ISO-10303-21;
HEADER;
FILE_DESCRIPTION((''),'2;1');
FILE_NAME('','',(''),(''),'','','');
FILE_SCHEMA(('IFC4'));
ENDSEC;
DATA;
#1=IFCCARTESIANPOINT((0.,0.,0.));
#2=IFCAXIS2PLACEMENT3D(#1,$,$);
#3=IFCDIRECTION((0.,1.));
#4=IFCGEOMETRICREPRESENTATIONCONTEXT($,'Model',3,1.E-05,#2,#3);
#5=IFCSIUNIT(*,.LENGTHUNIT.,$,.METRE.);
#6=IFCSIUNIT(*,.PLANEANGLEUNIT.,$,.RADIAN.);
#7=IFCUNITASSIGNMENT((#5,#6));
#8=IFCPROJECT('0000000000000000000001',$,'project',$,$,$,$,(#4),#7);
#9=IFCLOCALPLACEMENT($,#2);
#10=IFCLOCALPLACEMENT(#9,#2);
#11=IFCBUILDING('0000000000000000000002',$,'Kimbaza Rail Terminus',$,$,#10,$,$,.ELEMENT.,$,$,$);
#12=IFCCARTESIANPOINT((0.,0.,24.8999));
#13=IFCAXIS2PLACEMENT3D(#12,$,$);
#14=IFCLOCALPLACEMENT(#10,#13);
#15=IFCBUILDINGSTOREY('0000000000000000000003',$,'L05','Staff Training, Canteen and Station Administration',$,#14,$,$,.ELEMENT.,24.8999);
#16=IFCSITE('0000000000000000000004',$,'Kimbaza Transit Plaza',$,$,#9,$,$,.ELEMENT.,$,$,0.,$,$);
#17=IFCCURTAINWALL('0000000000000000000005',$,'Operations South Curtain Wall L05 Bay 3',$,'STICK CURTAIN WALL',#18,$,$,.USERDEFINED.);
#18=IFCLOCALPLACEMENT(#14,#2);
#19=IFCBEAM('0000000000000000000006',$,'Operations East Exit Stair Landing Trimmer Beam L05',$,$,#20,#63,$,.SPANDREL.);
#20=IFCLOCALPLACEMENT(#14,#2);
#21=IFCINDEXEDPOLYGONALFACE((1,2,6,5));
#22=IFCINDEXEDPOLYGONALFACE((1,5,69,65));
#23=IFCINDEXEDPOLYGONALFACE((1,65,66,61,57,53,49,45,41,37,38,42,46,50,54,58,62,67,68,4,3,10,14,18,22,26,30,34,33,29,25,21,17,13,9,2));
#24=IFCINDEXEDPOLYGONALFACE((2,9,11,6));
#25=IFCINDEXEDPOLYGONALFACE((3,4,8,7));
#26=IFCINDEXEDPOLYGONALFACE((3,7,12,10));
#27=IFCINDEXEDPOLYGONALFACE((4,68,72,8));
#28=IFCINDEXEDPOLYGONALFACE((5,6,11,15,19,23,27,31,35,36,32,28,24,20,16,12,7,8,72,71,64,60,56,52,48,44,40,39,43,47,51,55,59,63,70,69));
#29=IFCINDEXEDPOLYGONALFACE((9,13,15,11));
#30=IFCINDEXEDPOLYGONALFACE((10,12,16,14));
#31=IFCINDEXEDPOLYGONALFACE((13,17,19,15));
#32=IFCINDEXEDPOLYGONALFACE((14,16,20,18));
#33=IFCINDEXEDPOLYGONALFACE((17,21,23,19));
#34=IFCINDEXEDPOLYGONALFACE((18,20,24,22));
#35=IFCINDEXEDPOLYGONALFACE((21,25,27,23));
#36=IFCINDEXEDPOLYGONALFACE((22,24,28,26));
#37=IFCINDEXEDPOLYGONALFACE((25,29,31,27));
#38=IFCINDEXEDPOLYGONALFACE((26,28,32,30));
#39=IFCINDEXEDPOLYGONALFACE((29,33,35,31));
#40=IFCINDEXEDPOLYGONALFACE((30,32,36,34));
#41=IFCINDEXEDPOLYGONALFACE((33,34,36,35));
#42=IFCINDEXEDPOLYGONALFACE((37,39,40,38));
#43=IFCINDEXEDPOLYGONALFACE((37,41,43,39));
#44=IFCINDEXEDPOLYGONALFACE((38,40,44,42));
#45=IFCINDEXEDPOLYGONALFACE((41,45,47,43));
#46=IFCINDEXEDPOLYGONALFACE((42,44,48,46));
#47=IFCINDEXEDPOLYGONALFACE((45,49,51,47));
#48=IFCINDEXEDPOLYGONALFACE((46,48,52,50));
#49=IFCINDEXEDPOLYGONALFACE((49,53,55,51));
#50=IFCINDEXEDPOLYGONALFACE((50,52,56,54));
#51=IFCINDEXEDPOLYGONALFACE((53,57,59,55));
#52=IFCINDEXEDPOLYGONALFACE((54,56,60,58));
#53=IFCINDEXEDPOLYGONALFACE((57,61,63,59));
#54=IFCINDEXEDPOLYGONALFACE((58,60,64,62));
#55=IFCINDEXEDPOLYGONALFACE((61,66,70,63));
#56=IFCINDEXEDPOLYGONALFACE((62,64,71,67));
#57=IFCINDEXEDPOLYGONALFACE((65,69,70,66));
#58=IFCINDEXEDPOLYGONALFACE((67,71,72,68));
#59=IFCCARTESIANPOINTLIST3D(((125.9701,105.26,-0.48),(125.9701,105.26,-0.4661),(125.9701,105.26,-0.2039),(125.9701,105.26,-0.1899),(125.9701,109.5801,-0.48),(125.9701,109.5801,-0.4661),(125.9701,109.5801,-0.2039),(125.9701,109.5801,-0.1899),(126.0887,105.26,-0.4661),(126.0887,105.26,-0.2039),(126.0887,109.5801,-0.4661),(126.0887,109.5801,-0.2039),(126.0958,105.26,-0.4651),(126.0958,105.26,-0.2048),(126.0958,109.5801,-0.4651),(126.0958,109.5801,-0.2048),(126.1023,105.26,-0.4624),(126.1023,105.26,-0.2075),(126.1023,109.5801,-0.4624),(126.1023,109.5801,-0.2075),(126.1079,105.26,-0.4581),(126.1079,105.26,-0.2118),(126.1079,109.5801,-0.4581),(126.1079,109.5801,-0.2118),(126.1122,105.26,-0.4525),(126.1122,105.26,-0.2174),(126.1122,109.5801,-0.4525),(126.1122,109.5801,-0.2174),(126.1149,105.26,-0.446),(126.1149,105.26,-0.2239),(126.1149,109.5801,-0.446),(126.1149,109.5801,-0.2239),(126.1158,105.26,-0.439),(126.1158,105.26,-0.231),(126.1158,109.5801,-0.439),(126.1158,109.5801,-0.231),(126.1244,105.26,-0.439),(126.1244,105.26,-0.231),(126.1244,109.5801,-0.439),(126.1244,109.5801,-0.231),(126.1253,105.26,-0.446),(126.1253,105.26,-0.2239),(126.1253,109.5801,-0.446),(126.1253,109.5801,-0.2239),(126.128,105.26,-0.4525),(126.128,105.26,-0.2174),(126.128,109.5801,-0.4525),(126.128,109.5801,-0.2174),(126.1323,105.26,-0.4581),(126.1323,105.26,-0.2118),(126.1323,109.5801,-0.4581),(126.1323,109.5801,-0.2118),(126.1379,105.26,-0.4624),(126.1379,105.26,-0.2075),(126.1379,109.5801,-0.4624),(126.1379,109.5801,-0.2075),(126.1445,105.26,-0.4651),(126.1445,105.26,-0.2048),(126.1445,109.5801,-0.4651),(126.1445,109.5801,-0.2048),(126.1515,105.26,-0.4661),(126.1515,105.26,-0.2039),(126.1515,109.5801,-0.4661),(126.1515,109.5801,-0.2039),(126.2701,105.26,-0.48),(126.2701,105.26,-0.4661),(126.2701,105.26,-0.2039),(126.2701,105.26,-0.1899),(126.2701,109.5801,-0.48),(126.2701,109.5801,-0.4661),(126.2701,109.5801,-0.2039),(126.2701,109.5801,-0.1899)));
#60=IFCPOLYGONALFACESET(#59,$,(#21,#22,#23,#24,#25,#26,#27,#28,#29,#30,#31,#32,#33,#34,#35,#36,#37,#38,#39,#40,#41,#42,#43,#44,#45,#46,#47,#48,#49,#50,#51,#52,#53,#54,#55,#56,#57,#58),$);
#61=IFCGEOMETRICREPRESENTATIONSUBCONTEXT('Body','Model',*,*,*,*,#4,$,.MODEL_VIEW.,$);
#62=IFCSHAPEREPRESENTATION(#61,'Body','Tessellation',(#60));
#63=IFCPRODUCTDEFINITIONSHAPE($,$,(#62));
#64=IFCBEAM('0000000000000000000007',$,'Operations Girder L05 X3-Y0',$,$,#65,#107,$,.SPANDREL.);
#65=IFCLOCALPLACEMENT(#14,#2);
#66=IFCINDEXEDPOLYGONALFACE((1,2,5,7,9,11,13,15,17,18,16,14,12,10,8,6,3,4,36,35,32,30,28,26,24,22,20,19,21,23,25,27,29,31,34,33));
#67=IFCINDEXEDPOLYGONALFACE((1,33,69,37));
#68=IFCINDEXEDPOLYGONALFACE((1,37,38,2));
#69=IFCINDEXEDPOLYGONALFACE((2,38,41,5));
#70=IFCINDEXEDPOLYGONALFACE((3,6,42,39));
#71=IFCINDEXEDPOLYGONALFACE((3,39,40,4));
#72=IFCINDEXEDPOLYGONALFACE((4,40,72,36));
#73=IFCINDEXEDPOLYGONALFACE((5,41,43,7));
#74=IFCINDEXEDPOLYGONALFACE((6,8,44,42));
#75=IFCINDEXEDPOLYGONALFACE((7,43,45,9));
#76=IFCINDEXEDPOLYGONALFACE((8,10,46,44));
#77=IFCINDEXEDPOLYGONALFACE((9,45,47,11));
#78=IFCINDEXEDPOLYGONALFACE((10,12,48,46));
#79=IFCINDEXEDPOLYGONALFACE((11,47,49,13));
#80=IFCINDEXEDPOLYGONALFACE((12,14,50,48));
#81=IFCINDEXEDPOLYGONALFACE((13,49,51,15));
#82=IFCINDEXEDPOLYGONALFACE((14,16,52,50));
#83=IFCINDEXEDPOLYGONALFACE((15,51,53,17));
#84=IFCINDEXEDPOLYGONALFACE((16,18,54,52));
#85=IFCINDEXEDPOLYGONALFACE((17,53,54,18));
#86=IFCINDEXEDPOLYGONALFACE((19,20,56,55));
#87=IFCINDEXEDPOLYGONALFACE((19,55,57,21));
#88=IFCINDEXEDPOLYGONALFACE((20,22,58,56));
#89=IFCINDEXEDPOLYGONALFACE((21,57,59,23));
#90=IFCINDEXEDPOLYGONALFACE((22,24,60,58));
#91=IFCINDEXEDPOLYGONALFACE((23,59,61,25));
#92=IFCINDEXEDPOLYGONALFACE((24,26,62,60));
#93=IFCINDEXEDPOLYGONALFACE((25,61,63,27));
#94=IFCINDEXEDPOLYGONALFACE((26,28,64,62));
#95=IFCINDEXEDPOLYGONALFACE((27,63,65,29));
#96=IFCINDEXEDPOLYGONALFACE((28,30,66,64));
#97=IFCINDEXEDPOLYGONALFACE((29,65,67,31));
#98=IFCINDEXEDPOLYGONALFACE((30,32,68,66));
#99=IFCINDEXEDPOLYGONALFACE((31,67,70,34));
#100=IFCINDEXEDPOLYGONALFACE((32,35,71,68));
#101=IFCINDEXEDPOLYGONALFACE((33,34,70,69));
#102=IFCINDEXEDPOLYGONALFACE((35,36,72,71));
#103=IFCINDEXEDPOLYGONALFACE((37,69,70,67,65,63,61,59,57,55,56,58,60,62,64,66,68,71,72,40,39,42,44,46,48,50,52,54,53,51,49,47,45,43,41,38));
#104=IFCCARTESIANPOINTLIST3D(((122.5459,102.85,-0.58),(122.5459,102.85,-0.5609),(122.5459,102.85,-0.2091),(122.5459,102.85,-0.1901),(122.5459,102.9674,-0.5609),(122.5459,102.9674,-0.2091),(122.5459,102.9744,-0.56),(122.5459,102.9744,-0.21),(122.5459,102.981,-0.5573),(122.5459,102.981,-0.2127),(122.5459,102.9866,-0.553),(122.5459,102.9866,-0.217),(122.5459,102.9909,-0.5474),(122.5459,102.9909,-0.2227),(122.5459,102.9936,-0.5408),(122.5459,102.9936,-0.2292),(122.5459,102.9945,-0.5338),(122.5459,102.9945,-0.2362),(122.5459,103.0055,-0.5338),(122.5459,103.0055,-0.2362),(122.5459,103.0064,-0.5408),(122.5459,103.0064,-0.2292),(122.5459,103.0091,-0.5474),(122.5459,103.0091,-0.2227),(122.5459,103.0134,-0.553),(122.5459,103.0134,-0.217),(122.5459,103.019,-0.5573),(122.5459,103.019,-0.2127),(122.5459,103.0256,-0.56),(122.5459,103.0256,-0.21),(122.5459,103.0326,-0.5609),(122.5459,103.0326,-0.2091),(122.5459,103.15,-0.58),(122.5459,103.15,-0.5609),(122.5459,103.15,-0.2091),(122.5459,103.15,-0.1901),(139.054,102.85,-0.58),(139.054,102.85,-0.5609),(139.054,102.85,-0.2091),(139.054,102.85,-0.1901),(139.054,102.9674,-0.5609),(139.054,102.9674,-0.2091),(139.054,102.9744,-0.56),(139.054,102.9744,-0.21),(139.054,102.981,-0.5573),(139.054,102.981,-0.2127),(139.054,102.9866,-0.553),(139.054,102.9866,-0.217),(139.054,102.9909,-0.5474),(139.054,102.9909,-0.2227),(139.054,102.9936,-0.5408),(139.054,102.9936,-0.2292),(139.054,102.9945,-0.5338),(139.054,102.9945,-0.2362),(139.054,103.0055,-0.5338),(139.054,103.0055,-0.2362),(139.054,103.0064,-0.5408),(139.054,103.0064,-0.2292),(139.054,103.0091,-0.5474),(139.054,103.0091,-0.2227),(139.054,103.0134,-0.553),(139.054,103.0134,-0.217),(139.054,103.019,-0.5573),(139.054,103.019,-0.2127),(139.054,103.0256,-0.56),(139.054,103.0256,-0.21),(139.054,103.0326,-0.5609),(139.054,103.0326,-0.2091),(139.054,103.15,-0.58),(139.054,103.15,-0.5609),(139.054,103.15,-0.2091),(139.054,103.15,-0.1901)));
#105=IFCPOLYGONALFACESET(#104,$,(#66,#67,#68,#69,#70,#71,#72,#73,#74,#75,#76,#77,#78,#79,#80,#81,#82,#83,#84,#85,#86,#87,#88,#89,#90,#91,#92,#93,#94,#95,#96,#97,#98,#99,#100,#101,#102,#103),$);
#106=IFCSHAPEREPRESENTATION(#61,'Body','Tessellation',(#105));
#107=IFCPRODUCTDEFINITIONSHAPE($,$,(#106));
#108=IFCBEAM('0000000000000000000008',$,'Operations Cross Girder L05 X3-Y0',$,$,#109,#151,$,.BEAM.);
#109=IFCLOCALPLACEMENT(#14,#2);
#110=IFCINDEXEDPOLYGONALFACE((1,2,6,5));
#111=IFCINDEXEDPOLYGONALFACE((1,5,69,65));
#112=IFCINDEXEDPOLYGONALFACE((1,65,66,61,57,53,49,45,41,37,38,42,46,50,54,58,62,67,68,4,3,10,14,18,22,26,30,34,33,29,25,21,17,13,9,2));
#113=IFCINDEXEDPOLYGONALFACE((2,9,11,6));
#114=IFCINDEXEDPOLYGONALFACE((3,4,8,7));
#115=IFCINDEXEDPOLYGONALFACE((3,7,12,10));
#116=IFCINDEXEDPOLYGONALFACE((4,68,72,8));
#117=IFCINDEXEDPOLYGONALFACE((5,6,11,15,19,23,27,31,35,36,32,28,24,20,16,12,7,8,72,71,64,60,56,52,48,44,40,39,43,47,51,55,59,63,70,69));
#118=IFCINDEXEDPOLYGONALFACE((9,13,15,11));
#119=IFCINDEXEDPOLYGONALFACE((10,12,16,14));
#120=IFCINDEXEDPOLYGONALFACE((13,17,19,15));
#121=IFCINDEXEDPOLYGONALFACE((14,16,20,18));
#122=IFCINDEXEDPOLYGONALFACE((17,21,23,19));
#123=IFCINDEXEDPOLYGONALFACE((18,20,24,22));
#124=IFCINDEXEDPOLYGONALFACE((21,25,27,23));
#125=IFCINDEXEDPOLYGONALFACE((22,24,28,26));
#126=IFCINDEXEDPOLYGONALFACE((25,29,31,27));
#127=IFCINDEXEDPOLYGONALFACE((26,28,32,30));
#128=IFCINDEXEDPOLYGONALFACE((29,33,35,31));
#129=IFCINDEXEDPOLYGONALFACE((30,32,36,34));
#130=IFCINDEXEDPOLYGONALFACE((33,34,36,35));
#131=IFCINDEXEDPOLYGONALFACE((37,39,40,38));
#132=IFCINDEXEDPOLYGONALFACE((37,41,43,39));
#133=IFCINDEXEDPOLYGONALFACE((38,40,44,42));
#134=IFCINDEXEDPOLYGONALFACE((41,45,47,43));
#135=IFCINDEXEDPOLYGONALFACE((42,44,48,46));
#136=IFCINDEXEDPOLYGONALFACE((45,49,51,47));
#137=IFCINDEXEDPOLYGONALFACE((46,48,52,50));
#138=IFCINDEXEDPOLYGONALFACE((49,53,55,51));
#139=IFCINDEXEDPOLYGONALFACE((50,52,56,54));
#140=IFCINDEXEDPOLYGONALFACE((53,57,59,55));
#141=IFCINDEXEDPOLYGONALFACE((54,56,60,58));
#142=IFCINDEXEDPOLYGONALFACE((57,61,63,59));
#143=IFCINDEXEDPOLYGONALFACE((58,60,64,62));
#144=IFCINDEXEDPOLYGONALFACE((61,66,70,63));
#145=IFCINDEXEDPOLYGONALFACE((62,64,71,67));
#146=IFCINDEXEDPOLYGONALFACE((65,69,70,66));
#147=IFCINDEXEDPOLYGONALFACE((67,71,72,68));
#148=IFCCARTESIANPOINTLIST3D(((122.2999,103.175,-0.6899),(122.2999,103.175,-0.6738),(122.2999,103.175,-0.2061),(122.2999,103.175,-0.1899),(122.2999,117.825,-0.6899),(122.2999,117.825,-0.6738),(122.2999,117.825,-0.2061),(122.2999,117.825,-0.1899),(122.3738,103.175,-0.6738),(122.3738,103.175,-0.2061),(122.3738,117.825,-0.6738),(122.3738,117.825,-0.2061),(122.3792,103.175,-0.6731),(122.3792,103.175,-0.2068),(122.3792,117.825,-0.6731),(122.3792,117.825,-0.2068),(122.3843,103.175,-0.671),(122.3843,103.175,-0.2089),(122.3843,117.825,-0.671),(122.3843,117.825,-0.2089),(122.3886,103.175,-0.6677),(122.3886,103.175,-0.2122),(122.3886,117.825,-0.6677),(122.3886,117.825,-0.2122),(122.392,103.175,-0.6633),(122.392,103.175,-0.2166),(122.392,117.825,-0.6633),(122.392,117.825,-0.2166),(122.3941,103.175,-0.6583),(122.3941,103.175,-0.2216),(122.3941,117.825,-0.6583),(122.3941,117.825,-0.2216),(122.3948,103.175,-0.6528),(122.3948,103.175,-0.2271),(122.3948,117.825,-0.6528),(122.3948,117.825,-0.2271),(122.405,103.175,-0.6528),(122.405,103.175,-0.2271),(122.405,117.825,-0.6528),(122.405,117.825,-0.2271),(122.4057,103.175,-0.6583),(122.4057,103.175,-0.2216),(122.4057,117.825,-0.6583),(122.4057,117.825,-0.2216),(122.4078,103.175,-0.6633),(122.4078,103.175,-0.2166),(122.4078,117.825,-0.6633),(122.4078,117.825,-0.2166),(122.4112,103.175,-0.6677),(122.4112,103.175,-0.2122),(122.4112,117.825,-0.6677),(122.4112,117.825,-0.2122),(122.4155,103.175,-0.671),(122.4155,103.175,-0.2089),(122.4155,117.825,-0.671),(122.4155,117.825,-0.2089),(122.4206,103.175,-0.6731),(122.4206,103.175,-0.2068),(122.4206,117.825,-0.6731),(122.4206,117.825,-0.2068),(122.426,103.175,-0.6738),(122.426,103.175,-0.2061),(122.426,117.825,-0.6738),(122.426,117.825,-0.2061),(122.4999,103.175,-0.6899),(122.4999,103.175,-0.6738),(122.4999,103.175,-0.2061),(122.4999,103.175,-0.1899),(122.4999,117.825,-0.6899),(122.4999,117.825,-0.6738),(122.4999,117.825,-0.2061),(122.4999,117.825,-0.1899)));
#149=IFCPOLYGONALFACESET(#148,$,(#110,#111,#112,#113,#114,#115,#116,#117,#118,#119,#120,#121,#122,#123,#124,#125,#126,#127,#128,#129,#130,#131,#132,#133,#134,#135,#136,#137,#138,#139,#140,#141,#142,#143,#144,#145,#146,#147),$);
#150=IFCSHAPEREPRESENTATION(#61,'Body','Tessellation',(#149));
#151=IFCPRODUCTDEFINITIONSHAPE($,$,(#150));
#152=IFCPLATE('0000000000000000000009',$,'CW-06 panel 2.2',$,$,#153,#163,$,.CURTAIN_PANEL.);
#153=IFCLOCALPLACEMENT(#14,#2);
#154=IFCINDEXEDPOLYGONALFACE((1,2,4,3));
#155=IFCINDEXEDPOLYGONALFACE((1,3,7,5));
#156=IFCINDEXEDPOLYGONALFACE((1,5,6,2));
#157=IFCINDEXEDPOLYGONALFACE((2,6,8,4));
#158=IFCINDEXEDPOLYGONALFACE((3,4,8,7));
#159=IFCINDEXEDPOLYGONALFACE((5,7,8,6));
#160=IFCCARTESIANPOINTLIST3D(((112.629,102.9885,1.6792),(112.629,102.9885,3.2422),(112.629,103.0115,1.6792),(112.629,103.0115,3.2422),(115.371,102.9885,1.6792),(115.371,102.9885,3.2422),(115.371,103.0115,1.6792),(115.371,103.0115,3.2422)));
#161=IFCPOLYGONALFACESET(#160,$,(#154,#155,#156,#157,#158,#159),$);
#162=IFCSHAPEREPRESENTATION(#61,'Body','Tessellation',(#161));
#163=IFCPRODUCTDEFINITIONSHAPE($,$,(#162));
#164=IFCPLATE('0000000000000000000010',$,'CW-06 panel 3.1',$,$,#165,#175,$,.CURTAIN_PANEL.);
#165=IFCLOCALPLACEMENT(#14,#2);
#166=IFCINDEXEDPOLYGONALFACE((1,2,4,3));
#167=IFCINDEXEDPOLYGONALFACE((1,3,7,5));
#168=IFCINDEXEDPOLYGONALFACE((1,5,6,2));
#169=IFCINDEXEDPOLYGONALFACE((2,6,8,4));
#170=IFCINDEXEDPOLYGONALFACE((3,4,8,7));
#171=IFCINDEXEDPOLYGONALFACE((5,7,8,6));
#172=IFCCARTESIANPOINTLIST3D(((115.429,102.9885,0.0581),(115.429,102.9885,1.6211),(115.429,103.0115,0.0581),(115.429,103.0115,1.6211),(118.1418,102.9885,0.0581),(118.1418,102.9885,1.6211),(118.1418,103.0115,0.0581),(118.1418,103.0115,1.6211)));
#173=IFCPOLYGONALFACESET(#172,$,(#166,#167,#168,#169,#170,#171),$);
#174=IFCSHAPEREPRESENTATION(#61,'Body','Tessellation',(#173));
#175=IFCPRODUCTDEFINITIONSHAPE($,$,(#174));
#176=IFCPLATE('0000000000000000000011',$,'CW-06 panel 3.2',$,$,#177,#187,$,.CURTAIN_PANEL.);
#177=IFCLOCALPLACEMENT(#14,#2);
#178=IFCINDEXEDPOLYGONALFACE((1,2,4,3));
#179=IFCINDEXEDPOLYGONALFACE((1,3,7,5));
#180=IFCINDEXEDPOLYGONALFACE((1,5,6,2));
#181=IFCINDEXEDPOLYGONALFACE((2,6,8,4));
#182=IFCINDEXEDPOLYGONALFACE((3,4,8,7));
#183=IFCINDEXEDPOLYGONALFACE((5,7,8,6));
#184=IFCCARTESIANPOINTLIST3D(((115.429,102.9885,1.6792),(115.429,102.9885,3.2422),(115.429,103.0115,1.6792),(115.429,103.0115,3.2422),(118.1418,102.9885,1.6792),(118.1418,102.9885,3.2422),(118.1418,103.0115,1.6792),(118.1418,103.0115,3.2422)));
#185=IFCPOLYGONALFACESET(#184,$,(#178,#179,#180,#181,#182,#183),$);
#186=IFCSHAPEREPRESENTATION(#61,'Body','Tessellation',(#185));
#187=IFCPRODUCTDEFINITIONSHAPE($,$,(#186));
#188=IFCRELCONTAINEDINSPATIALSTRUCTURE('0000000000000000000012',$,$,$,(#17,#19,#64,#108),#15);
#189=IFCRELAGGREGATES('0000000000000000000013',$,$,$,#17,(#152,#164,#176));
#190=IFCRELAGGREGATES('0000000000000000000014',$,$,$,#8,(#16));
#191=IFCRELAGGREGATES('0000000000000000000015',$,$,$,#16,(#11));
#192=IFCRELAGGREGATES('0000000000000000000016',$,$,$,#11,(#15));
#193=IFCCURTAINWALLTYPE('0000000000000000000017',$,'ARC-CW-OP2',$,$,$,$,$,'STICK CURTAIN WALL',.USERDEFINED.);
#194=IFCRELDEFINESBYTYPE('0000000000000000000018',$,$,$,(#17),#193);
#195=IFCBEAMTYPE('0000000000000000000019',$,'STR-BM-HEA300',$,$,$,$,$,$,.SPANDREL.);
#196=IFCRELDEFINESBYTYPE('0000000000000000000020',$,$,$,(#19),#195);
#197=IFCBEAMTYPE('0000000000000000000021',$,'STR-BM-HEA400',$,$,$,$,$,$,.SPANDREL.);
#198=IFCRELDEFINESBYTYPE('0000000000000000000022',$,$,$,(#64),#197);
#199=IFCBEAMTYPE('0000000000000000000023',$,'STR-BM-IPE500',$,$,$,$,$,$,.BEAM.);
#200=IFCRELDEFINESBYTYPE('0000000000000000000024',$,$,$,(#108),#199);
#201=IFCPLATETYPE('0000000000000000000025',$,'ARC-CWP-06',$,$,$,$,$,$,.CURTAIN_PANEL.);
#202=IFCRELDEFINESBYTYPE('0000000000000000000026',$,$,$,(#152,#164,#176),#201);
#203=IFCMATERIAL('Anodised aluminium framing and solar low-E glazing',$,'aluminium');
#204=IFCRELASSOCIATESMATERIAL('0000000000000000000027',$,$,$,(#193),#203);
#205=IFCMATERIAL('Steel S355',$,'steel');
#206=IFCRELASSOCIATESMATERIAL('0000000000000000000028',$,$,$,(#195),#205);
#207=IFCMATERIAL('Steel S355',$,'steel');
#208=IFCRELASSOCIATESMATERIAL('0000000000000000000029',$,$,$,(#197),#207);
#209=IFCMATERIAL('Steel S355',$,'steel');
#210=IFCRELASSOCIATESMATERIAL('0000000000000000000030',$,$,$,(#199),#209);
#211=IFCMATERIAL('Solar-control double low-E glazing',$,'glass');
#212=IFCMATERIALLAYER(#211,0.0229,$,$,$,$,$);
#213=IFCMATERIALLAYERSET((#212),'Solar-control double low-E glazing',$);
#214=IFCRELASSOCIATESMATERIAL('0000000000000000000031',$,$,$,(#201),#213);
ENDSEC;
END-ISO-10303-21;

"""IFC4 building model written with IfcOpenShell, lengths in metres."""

from ifc_helpers import new_model, si_unit, direction, frame, origin, origin_2d, place, context, subcontext, project, spatial, rectangle, i_section, extrude, material, layer, layer_set, material_profile, profile_set, type_object, element, aggregate, save


model = new_model("IFC4")

# Units and contexts
model_context = context("Model", 3, precision=1e-05, world=origin(), true_north=direction((0.0, 1.0)))
body_context = subcontext(model_context, "Body", "Model", "MODEL_VIEW")
ifc_project = project(units=[si_unit("LENGTHUNIT", "METRE"), si_unit("PLANEANGLEUNIT", "RADIAN")], contexts=[model_context])

# Site, building, storey
site_placement = place(None, origin())
site = spatial("IfcSite", under=ifc_project, at=site_placement, Name="Kimbaza Transit Plaza", CompositionType="ELEMENT", RefElevation=0.0)
building_placement = place(site_placement, origin())
building = spatial("IfcBuilding", under=site, at=building_placement, Name="Kimbaza Rail Terminus", CompositionType="ELEMENT")
storey_placement = place(building_placement, frame((0.0, 0.0, 24.8999)))
storey = spatial("IfcBuildingStorey", under=building, at=storey_placement, Name="L05", Description="Staff Training, Canteen and Station Administration", CompositionType="ELEMENT", Elevation=24.8999)

# Curtain wall
ifc_material_1 = material(Name="Anodised aluminium framing and solar low-E glazing", Category="aluminium")
curtain_wall_type = type_object("IfcCurtainWallType", Name="ARC-CW-OP2", ElementType="STICK CURTAIN WALL", PredefinedType="USERDEFINED", material=ifc_material_1)
curtain_wall_1_placement = place(storey_placement, origin())
curtain_wall_1 = element("IfcCurtainWall", 1, at=curtain_wall_1_placement, inside=storey, type_object=curtain_wall_type, Name="Operations South Curtain Wall L05 Bay 3", ObjectType="STICK CURTAIN WALL", PredefinedType="USERDEFINED")

# Beams
ifc_material_2 = material(Name="Steel S355", Category="steel")
ifc_material_profile_1 = material_profile(ifc_material_2, i_section(OverallWidth=0.3, OverallDepth=0.29, WebThickness=0.0085, FlangeThickness=0.0139, FilletRadius=0.0271, at=origin_2d()), Name="HEA 300")
ifc_profile_set_1 = profile_set([ifc_material_profile_1], Name="Steel S355")
beam_type_1 = type_object("IfcBeamType", Name="STR-BM-HEA300", PredefinedType="SPANDREL", material=ifc_profile_set_1)
beam_1_placement = place(storey_placement, frame((126.1201, 105.26, -0.335), z_axis=(0.0, 1.0, 0.0), x_axis=(-1.0, 0.0, 0.0)))
element("IfcBeam", 2, at=beam_1_placement, inside=storey, type_object=beam_type_1, Name="Operations East Exit Stair Landing Trimmer Beam L05", PredefinedType="SPANDREL", context=body_context, shape_type="SweptSolid", body=[
    extrude(i_section(OverallWidth=0.3, OverallDepth=0.29, WebThickness=0.0085, FlangeThickness=0.0139, FilletRadius=0.0271, at=origin_2d()), origin(), (0.0, 0.0, 1.0), 4.3201),
])
ifc_material_3 = material(Name="Steel S355", Category="steel")
ifc_material_profile_2 = material_profile(ifc_material_3, i_section(OverallWidth=0.3, OverallDepth=0.3899, WebThickness=0.011, FlangeThickness=0.019, FilletRadius=0.0271, at=origin_2d()), Name="HEA 400")
ifc_profile_set_2 = profile_set([ifc_material_profile_2], Name="Steel S355")
beam_type_2 = type_object("IfcBeamType", Name="STR-BM-HEA400", PredefinedType="SPANDREL", material=ifc_profile_set_2)
beam_2_placement = place(storey_placement, frame((122.5459, 103.0, -0.385), z_axis=(1.0, 0.0, 0.0), x_axis=(0.0, 1.0, 0.0)))
element("IfcBeam", 3, at=beam_2_placement, inside=storey, type_object=beam_type_2, Name="Operations Girder L05 X3-Y0", PredefinedType="SPANDREL", context=body_context, shape_type="SweptSolid", body=[
    extrude(i_section(OverallWidth=0.3, OverallDepth=0.3899, WebThickness=0.011, FlangeThickness=0.019, FilletRadius=0.0271, at=origin_2d()), origin(), (0.0, 0.0, 1.0), 16.5081),
])
ifc_material_4 = material(Name="Steel S355", Category="steel")
ifc_material_profile_3 = material_profile(ifc_material_4, i_section(OverallWidth=0.2, OverallDepth=0.5, WebThickness=0.0103, FlangeThickness=0.0161, FilletRadius=0.021, at=origin_2d()), Name="IPE 500")
ifc_profile_set_3 = profile_set([ifc_material_profile_3], Name="Steel S355")
beam_type_3 = type_object("IfcBeamType", Name="STR-BM-IPE500", PredefinedType="BEAM", material=ifc_profile_set_3)
beam_3_placement = place(storey_placement, frame((122.3999, 103.175, -0.4399), z_axis=(0.0, 1.0, 0.0), x_axis=(-1.0, 0.0, 0.0)))
element("IfcBeam", 4, at=beam_3_placement, inside=storey, type_object=beam_type_3, Name="Operations Cross Girder L05 X3-Y0", PredefinedType="BEAM", context=body_context, shape_type="SweptSolid", body=[
    extrude(i_section(OverallWidth=0.2, OverallDepth=0.5, WebThickness=0.0103, FlangeThickness=0.0161, FilletRadius=0.021, at=origin_2d()), origin(), (0.0, 0.0, 1.0), 14.6499),
])

# Plates
ifc_material_5 = material(Name="Solar-control double low-E glazing", Category="glass")
ifc_layer_1 = layer(ifc_material_5, 0.0229)
ifc_layer_set_1 = layer_set([ifc_layer_1], Name="Solar-control double low-E glazing")
plate_type = type_object("IfcPlateType", Name="ARC-CWP-06", PredefinedType="CURTAIN_PANEL", material=ifc_layer_set_1)
plate_1_placement = place(storey_placement, frame((114.0, 103.0, 1.6792), z_axis=(0.0, 0.0, 1.0), x_axis=(1.0, 0.0, 0.0)))
plate_1 = element("IfcPlate", 5, at=plate_1_placement, type_object=plate_type, Name="CW-06 panel 2.2", PredefinedType="CURTAIN_PANEL", context=body_context, shape_type="SweptSolid", body=[
    extrude(rectangle(XDim=2.7419, YDim=0.0229, at=origin_2d()), origin(), (0.0, 0.0, 1.0), 1.563),
])
plate_2_placement = place(storey_placement, frame((116.7854, 103.0, 0.0581), z_axis=(0.0, 0.0, 1.0), x_axis=(1.0, 0.0, 0.0)))
plate_2 = element("IfcPlate", 6, at=plate_2_placement, type_object=plate_type, Name="CW-06 panel 3.1", PredefinedType="CURTAIN_PANEL", context=body_context, shape_type="SweptSolid", body=[
    extrude(rectangle(XDim=2.7129, YDim=0.0229, at=origin_2d()), origin(), (0.0, 0.0, 1.0), 1.563),
])
plate_3_placement = place(storey_placement, frame((116.7854, 103.0, 1.6792), z_axis=(0.0, 0.0, 1.0), x_axis=(1.0, 0.0, 0.0)))
plate_3 = element("IfcPlate", 7, at=plate_3_placement, type_object=plate_type, Name="CW-06 panel 3.2", PredefinedType="CURTAIN_PANEL", context=body_context, shape_type="SweptSolid", body=[
    extrude(rectangle(XDim=2.7129, YDim=0.0229, at=origin_2d()), origin(), (0.0, 0.0, 1.0), 1.563),
])
aggregate(curtain_wall_1, [plate_1, plate_2, plate_3])

save(model, "model.ifc")
